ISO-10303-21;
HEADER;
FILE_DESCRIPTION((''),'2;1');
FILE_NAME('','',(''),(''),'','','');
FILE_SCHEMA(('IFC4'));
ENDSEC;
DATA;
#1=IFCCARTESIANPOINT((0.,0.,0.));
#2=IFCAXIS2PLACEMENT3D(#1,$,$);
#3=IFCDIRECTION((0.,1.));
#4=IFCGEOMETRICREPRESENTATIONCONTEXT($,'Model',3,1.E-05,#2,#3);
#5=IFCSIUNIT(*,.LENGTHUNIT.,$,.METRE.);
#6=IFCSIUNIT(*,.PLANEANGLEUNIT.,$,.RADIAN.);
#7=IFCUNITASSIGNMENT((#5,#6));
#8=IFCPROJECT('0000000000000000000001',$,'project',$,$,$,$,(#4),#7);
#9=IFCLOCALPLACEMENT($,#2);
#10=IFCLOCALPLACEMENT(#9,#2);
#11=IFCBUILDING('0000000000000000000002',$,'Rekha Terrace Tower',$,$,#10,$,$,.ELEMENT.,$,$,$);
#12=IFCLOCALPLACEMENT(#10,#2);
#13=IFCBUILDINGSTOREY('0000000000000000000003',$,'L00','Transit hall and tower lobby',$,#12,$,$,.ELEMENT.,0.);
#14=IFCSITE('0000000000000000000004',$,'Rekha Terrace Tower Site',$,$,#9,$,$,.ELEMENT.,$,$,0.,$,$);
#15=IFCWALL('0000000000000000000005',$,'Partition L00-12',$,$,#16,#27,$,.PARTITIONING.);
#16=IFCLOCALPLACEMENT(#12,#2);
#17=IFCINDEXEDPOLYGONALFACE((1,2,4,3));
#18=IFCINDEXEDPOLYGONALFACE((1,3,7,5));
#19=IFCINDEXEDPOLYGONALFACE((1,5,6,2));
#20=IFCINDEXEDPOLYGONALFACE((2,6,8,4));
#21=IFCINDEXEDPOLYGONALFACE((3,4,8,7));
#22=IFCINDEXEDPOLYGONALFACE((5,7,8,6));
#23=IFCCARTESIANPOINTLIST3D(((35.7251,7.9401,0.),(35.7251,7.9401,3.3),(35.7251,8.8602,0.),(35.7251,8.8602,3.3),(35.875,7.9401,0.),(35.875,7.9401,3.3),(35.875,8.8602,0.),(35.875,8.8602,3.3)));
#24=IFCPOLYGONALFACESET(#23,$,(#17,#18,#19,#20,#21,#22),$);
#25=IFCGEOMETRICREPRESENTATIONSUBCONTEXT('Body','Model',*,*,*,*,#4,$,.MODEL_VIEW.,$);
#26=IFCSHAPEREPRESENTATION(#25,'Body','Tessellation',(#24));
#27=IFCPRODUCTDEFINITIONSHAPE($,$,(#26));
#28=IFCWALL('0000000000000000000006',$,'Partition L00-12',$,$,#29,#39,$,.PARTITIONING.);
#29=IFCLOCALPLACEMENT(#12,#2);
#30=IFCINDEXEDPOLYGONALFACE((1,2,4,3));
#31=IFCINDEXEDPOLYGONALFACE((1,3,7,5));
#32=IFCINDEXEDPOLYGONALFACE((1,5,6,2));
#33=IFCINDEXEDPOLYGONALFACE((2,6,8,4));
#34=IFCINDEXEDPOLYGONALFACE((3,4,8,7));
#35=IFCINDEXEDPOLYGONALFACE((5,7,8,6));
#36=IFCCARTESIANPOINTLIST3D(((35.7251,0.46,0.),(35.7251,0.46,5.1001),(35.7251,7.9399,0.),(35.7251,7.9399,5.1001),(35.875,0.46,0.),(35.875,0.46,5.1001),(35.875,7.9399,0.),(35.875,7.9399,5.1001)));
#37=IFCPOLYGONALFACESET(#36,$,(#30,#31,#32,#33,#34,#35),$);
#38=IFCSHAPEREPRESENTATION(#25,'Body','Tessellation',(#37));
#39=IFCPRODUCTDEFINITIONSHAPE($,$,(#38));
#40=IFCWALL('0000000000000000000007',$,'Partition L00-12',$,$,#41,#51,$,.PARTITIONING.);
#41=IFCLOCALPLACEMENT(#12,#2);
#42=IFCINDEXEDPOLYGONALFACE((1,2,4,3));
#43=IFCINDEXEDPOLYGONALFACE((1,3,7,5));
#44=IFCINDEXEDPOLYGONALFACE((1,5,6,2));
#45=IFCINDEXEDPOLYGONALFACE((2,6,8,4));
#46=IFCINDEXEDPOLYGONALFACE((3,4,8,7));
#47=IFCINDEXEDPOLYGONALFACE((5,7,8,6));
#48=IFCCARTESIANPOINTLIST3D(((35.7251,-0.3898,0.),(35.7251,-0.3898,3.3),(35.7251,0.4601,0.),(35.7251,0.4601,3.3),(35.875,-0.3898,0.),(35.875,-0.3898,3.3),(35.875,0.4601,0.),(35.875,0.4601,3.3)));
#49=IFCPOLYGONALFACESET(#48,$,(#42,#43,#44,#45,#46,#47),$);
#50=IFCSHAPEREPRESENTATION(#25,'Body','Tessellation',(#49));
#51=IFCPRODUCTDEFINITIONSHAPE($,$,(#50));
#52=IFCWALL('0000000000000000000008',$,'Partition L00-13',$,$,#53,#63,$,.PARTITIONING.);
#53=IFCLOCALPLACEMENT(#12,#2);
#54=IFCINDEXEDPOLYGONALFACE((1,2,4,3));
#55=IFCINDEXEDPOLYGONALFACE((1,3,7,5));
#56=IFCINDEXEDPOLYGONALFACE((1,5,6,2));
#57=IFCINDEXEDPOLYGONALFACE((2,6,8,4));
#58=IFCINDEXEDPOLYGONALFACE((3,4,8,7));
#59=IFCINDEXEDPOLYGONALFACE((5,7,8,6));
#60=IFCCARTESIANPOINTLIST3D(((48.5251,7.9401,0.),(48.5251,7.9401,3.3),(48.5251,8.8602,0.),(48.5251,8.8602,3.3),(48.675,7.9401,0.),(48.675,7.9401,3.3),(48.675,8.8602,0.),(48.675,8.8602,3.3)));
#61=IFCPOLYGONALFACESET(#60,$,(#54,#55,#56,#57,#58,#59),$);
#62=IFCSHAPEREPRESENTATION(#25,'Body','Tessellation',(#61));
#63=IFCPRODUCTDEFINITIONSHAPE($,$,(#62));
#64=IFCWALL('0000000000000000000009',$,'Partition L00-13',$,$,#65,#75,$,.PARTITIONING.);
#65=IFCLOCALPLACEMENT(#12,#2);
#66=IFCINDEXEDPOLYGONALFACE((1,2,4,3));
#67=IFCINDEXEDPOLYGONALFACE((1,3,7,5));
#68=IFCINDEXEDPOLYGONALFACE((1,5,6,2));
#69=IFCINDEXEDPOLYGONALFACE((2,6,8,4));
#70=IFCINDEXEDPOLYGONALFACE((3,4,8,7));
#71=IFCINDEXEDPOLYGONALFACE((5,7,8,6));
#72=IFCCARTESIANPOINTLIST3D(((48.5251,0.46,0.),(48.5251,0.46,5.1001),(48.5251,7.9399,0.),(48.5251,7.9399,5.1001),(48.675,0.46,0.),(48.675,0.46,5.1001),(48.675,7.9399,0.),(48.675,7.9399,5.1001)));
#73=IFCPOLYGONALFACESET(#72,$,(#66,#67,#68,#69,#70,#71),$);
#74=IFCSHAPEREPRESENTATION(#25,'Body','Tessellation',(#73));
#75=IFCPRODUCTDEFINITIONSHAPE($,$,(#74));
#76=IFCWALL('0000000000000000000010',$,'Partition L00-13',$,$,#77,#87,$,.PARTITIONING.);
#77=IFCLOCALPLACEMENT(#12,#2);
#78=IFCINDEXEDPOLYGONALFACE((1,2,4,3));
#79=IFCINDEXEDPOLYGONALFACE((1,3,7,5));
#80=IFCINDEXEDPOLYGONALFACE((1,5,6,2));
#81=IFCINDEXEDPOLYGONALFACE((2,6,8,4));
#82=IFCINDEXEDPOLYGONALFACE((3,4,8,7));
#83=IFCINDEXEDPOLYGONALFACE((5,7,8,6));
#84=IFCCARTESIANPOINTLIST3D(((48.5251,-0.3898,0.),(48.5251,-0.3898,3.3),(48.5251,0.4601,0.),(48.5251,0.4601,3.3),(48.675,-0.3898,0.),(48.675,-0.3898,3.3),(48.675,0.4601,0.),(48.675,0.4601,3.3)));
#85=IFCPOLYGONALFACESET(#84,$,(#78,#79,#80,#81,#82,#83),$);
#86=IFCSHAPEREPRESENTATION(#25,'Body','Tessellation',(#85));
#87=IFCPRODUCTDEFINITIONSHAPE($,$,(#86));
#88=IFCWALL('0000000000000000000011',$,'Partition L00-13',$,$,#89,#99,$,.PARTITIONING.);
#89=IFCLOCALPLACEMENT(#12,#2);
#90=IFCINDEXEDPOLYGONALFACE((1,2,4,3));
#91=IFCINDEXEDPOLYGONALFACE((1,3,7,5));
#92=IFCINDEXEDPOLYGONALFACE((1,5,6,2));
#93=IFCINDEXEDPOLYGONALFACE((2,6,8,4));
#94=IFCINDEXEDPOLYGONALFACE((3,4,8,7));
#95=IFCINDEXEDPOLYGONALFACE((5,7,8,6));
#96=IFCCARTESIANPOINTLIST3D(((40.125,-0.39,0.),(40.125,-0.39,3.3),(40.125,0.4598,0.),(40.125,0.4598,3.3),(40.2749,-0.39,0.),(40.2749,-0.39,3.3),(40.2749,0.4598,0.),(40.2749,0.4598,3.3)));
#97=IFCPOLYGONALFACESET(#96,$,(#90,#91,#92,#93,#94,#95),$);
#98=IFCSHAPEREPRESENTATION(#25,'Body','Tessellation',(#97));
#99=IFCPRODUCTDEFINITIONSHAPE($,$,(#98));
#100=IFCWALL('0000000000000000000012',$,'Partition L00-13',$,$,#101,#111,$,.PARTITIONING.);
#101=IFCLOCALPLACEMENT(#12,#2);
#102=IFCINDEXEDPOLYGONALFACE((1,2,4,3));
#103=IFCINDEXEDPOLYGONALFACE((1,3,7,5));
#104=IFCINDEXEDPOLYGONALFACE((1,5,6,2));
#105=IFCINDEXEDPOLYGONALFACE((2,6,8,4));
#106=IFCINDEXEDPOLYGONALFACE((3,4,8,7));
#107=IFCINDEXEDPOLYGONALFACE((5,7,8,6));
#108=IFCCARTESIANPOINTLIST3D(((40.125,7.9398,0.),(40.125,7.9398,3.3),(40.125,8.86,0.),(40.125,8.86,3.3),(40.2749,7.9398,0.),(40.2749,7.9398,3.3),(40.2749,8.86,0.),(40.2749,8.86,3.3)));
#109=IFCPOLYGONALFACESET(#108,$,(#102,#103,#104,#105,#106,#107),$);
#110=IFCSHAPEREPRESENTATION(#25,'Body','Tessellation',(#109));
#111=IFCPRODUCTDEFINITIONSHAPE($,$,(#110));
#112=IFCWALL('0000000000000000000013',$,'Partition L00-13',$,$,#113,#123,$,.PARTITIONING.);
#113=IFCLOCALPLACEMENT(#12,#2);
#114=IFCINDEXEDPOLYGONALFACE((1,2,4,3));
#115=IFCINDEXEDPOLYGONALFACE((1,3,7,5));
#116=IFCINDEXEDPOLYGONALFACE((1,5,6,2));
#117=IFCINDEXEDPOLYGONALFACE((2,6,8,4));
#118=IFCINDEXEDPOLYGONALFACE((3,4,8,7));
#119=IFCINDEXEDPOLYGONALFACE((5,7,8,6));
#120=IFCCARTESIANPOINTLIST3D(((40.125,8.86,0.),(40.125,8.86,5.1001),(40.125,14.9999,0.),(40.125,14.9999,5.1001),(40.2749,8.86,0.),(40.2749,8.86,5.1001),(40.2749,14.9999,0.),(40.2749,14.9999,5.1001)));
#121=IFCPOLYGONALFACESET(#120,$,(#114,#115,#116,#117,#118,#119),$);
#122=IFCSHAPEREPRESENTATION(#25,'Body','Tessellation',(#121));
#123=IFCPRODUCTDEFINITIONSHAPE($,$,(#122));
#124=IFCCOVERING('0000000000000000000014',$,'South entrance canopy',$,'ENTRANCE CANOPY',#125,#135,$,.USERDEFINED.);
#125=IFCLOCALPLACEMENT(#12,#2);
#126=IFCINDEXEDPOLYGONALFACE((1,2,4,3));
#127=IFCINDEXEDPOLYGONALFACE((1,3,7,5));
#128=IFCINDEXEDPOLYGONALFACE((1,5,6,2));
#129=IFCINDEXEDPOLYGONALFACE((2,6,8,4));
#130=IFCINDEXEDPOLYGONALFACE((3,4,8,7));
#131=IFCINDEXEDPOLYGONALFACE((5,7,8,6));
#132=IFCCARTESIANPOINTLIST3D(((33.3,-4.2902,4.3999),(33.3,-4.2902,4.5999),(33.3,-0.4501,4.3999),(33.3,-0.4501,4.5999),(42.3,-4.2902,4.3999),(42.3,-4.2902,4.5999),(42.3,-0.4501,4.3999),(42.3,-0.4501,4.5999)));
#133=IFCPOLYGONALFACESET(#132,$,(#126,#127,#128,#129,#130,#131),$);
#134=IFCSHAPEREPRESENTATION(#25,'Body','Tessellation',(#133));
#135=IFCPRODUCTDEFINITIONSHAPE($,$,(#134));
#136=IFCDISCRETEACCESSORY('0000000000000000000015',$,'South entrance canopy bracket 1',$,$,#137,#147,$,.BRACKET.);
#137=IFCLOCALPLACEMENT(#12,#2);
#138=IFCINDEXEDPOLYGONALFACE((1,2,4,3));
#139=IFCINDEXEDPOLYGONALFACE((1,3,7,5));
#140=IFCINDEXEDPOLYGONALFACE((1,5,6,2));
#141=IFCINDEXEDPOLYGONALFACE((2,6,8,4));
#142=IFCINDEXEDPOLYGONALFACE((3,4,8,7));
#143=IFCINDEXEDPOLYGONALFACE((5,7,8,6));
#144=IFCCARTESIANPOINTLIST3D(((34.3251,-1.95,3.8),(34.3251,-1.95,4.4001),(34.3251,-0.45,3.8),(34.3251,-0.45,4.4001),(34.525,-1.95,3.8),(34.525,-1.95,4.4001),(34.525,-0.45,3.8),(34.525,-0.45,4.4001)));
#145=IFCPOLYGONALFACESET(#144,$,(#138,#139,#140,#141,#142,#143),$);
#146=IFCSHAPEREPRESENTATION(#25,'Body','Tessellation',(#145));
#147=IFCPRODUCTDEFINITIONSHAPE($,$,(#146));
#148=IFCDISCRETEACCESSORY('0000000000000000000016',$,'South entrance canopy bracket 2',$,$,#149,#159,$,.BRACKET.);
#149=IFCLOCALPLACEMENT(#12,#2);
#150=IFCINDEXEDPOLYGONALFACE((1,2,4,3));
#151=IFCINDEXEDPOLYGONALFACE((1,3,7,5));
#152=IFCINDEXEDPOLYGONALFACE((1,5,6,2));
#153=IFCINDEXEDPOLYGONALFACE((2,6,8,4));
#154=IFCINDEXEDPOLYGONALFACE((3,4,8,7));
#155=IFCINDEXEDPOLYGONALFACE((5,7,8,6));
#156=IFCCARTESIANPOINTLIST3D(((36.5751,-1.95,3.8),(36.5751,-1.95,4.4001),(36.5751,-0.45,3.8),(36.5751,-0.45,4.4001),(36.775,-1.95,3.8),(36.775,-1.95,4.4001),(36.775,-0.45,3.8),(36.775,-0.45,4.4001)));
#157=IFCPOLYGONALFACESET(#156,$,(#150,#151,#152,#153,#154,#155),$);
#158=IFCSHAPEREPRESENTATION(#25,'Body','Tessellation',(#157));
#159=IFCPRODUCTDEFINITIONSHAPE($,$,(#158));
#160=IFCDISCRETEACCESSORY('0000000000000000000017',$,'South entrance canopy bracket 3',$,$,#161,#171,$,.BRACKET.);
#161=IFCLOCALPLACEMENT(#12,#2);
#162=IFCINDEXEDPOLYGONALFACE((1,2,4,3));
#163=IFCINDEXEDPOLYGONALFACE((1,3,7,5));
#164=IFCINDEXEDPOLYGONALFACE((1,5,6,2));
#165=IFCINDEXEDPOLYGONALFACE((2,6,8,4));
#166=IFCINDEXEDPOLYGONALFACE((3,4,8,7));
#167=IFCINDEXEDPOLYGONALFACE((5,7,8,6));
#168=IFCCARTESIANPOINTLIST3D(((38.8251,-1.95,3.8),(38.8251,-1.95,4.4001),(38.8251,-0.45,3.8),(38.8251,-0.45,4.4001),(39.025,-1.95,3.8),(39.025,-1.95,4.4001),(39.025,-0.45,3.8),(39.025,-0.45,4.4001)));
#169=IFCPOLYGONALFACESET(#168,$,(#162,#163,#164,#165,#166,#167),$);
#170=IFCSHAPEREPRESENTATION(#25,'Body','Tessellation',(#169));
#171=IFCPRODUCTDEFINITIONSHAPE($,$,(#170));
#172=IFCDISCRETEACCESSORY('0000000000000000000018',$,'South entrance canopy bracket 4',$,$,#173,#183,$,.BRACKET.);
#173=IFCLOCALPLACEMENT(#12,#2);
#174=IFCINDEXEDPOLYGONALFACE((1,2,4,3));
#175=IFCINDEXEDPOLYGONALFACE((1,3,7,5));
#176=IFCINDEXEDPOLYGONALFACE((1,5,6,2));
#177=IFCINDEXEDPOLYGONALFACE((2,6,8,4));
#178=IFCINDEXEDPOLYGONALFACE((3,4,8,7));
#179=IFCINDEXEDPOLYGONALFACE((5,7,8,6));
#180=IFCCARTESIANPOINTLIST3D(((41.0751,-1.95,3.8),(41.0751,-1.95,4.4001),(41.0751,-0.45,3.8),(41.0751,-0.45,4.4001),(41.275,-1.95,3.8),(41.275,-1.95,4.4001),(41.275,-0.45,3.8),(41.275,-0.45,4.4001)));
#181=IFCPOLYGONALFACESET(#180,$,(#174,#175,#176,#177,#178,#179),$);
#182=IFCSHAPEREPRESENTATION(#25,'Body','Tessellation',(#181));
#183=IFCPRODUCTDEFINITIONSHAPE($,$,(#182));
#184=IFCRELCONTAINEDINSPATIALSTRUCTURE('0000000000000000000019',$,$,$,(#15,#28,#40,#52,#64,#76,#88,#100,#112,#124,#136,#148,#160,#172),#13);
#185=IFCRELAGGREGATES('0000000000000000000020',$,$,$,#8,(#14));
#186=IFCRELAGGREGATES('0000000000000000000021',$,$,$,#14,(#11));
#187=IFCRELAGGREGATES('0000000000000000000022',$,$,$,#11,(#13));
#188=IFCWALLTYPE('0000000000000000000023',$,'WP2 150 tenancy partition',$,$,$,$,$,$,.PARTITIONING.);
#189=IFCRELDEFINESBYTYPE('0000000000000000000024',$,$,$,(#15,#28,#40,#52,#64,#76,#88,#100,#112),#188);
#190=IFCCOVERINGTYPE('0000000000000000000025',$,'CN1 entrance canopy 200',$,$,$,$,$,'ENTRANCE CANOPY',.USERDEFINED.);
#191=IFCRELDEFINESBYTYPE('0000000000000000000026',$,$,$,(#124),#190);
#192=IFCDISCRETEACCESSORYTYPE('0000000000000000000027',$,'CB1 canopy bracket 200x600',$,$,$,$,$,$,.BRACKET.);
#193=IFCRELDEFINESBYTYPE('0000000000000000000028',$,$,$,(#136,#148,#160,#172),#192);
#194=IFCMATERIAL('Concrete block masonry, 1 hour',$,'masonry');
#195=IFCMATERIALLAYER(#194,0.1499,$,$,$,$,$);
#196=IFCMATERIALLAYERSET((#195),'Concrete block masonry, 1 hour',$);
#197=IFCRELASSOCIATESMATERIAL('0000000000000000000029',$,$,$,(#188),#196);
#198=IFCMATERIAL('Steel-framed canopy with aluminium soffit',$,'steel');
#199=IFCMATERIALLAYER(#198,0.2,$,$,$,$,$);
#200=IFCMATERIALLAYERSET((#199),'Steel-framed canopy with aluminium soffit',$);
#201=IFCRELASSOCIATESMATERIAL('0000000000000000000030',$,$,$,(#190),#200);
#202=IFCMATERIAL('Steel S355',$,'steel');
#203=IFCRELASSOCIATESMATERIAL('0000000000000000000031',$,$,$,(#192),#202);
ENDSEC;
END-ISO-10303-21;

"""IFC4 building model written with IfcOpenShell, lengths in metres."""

from ifc_helpers import new_model, si_unit, direction, frame, frame_2d, origin, origin_2d, place, context, subcontext, project, spatial, rectangle, extrude, material, layer, layer_set, type_object, element, save


model = new_model("IFC4")

# Units and contexts
model_context = context("Model", 3, precision=1e-05, world=origin(), true_north=direction((0.0, 1.0)))
body_context = subcontext(model_context, "Body", "Model", "MODEL_VIEW")
ifc_project = project(units=[si_unit("LENGTHUNIT", "METRE"), si_unit("PLANEANGLEUNIT", "RADIAN")], contexts=[model_context])

# Site, building, storey
site_placement = place(None, origin())
site = spatial("IfcSite", under=ifc_project, at=site_placement, Name="Rekha Terrace Tower Site", CompositionType="ELEMENT", RefElevation=0.0)
building_placement = place(site_placement, origin())
building = spatial("IfcBuilding", under=site, at=building_placement, Name="Rekha Terrace Tower", CompositionType="ELEMENT")
storey_placement = place(building_placement, origin())
storey = spatial("IfcBuildingStorey", under=building, at=storey_placement, Name="L00", Description="Transit hall and tower lobby", CompositionType="ELEMENT", Elevation=0.0)

# Walls
ifc_material_1 = material(Name="Concrete block masonry, 1 hour", Category="masonry")
ifc_layer_1 = layer(ifc_material_1, 0.1499)
ifc_layer_set_1 = layer_set([ifc_layer_1], Name="Concrete block masonry, 1 hour")
wall_type_1 = type_object("IfcWallType", Name="WP2 150 tenancy partition", PredefinedType="PARTITIONING", material=ifc_layer_set_1)
wall_1_placement = place(storey_placement, frame((35.8, 8.8601, 0.0), z_axis=(0.0, 0.0, 1.0), x_axis=(0.0, -1.0, 0.0)))
element("IfcWall", 1, at=wall_1_placement, inside=storey, type_object=wall_type_1, Name="Partition L00-12", PredefinedType="PARTITIONING", context=body_context, shape_type="SweptSolid", body=[
    extrude(rectangle(XDim=0.9202, YDim=0.1499, at=frame_2d((0.46, 0.0))), origin(), (0.0, 0.0, 1.0), 3.3),
])
wall_2_placement = place(storey_placement, frame((35.8, 7.9399, 0.0), z_axis=(0.0, 0.0, 1.0), x_axis=(0.0, -1.0, 0.0)))
element("IfcWall", 2, at=wall_2_placement, inside=storey, type_object=wall_type_1, Name="Partition L00-12", PredefinedType="PARTITIONING", context=body_context, shape_type="SweptSolid", body=[
    extrude(rectangle(XDim=7.48, YDim=0.1499, at=frame_2d((3.74, 0.0))), origin(), (0.0, 0.0, 1.0), 5.1001),
])
wall_3_placement = place(storey_placement, frame((35.8, 0.46, 0.0), z_axis=(0.0, 0.0, 1.0), x_axis=(0.0, -1.0, 0.0)))
element("IfcWall", 3, at=wall_3_placement, inside=storey, type_object=wall_type_1, Name="Partition L00-12", PredefinedType="PARTITIONING", context=body_context, shape_type="SweptSolid", body=[
    extrude(rectangle(XDim=0.8499, YDim=0.1499, at=frame_2d((0.4248, 0.0))), origin(), (0.0, 0.0, 1.0), 3.3),
])
wall_4_placement = place(storey_placement, frame((48.6001, 8.8601, 0.0), z_axis=(0.0, 0.0, 1.0), x_axis=(0.0, -1.0, 0.0)))
element("IfcWall", 4, at=wall_4_placement, inside=storey, type_object=wall_type_1, Name="Partition L00-13", PredefinedType="PARTITIONING", context=body_context, shape_type="SweptSolid", body=[
    extrude(rectangle(XDim=0.9202, YDim=0.1499, at=frame_2d((0.46, 0.0))), origin(), (0.0, 0.0, 1.0), 3.3),
])
wall_5_placement = place(storey_placement, frame((48.6001, 7.9399, 0.0), z_axis=(0.0, 0.0, 1.0), x_axis=(0.0, -1.0, 0.0)))
element("IfcWall", 5, at=wall_5_placement, inside=storey, type_object=wall_type_1, Name="Partition L00-13", PredefinedType="PARTITIONING", context=body_context, shape_type="SweptSolid", body=[
    extrude(rectangle(XDim=7.48, YDim=0.1499, at=frame_2d((3.74, 0.0))), origin(), (0.0, 0.0, 1.0), 5.1001),
])
for number, where, z_axis, x_axis, name in (
    (6, (48.6001, 0.46, 0.0), (0.0, 0.0, 1.0), (0.0, -1.0, 0.0), "Partition L00-13"),
    (7, (40.2, -0.3899, 0.0), (0.0, 0.0, 1.0), (0.0, 1.0, 0.0), "Partition L00-13"),
):
    element("IfcWall", number, at=place(storey_placement, frame(where, z_axis=z_axis, x_axis=x_axis)), inside=storey, type_object=wall_type_1, Name=name, PredefinedType="PARTITIONING", context=body_context, shape_type="SweptSolid", body=[
        extrude(rectangle(XDim=0.8499, YDim=0.1499, at=frame_2d((0.4248, 0.0))), origin(), (0.0, 0.0, 1.0), 3.3),
    ])

# Walls
wall_6_placement = place(storey_placement, frame((40.2, 7.9399, 0.0), z_axis=(0.0, 0.0, 1.0), x_axis=(0.0, 1.0, 0.0)))
element("IfcWall", 8, at=wall_6_placement, inside=storey, type_object=wall_type_1, Name="Partition L00-13", PredefinedType="PARTITIONING", context=body_context, shape_type="SweptSolid", body=[
    extrude(rectangle(XDim=0.9202, YDim=0.1499, at=frame_2d((0.46, 0.0))), origin(), (0.0, 0.0, 1.0), 3.3),
])
wall_7_placement = place(storey_placement, frame((40.2, 8.8601, 0.0), z_axis=(0.0, 0.0, 1.0), x_axis=(0.0, 1.0, 0.0)))
element("IfcWall", 9, at=wall_7_placement, inside=storey, type_object=wall_type_1, Name="Partition L00-13", PredefinedType="PARTITIONING", context=body_context, shape_type="SweptSolid", body=[
    extrude(rectangle(XDim=6.1399, YDim=0.1499, at=frame_2d((3.0698, 0.0))), origin(), (0.0, 0.0, 1.0), 5.1001),
])

# Covering
ifc_material_2 = material(Name="Steel-framed canopy with aluminium soffit", Category="steel")
ifc_layer_2 = layer(ifc_material_2, 0.2)
ifc_layer_set_2 = layer_set([ifc_layer_2], Name="Steel-framed canopy with aluminium soffit")
covering_type = type_object("IfcCoveringType", Name="CN1 entrance canopy 200", ElementType="ENTRANCE CANOPY", PredefinedType="USERDEFINED", material=ifc_layer_set_2)
covering_placement = place(storey_placement, frame((37.8, -2.3701, 4.3999), z_axis=(0.0, 0.0, 1.0), x_axis=(1.0, 0.0, 0.0)))
element("IfcCovering", 10, at=covering_placement, inside=storey, type_object=covering_type, Name="South entrance canopy", ObjectType="ENTRANCE CANOPY", PredefinedType="USERDEFINED", context=body_context, shape_type="SweptSolid", body=[
    extrude(rectangle(XDim=9.0, YDim=3.8401, at=origin_2d()), origin(), (0.0, 0.0, 1.0), 0.2),
])

# Discrete accessories
ifc_material_3 = material(Name="Steel S355", Category="steel")
discrete_accessory_type = type_object("IfcDiscreteAccessoryType", Name="CB1 canopy bracket 200x600", PredefinedType="BRACKET", material=ifc_material_3)
for number, where, z_axis, x_axis, name in (
    (11, (34.425, -1.2, 3.8), (0.0, 0.0, 1.0), (1.0, 0.0, 0.0), "South entrance canopy bracket 1"),
    (12, (36.675, -1.2, 3.8), (0.0, 0.0, 1.0), (1.0, 0.0, 0.0), "South entrance canopy bracket 2"),
    (13, (38.925, -1.2, 3.8), (0.0, 0.0, 1.0), (1.0, 0.0, 0.0), "South entrance canopy bracket 3"),
    (14, (41.175, -1.2, 3.8), (0.0, 0.0, 1.0), (1.0, 0.0, 0.0), "South entrance canopy bracket 4"),
):
    element("IfcDiscreteAccessory", number, at=place(storey_placement, frame(where, z_axis=z_axis, x_axis=x_axis)), inside=storey, type_object=discrete_accessory_type, Name=name, PredefinedType="BRACKET", context=body_context, shape_type="SweptSolid", body=[
        extrude(rectangle(XDim=0.2, YDim=1.5, at=origin_2d()), origin(), (0.0, 0.0, 1.0), 0.6001),
    ])

save(model, "model.ifc")
